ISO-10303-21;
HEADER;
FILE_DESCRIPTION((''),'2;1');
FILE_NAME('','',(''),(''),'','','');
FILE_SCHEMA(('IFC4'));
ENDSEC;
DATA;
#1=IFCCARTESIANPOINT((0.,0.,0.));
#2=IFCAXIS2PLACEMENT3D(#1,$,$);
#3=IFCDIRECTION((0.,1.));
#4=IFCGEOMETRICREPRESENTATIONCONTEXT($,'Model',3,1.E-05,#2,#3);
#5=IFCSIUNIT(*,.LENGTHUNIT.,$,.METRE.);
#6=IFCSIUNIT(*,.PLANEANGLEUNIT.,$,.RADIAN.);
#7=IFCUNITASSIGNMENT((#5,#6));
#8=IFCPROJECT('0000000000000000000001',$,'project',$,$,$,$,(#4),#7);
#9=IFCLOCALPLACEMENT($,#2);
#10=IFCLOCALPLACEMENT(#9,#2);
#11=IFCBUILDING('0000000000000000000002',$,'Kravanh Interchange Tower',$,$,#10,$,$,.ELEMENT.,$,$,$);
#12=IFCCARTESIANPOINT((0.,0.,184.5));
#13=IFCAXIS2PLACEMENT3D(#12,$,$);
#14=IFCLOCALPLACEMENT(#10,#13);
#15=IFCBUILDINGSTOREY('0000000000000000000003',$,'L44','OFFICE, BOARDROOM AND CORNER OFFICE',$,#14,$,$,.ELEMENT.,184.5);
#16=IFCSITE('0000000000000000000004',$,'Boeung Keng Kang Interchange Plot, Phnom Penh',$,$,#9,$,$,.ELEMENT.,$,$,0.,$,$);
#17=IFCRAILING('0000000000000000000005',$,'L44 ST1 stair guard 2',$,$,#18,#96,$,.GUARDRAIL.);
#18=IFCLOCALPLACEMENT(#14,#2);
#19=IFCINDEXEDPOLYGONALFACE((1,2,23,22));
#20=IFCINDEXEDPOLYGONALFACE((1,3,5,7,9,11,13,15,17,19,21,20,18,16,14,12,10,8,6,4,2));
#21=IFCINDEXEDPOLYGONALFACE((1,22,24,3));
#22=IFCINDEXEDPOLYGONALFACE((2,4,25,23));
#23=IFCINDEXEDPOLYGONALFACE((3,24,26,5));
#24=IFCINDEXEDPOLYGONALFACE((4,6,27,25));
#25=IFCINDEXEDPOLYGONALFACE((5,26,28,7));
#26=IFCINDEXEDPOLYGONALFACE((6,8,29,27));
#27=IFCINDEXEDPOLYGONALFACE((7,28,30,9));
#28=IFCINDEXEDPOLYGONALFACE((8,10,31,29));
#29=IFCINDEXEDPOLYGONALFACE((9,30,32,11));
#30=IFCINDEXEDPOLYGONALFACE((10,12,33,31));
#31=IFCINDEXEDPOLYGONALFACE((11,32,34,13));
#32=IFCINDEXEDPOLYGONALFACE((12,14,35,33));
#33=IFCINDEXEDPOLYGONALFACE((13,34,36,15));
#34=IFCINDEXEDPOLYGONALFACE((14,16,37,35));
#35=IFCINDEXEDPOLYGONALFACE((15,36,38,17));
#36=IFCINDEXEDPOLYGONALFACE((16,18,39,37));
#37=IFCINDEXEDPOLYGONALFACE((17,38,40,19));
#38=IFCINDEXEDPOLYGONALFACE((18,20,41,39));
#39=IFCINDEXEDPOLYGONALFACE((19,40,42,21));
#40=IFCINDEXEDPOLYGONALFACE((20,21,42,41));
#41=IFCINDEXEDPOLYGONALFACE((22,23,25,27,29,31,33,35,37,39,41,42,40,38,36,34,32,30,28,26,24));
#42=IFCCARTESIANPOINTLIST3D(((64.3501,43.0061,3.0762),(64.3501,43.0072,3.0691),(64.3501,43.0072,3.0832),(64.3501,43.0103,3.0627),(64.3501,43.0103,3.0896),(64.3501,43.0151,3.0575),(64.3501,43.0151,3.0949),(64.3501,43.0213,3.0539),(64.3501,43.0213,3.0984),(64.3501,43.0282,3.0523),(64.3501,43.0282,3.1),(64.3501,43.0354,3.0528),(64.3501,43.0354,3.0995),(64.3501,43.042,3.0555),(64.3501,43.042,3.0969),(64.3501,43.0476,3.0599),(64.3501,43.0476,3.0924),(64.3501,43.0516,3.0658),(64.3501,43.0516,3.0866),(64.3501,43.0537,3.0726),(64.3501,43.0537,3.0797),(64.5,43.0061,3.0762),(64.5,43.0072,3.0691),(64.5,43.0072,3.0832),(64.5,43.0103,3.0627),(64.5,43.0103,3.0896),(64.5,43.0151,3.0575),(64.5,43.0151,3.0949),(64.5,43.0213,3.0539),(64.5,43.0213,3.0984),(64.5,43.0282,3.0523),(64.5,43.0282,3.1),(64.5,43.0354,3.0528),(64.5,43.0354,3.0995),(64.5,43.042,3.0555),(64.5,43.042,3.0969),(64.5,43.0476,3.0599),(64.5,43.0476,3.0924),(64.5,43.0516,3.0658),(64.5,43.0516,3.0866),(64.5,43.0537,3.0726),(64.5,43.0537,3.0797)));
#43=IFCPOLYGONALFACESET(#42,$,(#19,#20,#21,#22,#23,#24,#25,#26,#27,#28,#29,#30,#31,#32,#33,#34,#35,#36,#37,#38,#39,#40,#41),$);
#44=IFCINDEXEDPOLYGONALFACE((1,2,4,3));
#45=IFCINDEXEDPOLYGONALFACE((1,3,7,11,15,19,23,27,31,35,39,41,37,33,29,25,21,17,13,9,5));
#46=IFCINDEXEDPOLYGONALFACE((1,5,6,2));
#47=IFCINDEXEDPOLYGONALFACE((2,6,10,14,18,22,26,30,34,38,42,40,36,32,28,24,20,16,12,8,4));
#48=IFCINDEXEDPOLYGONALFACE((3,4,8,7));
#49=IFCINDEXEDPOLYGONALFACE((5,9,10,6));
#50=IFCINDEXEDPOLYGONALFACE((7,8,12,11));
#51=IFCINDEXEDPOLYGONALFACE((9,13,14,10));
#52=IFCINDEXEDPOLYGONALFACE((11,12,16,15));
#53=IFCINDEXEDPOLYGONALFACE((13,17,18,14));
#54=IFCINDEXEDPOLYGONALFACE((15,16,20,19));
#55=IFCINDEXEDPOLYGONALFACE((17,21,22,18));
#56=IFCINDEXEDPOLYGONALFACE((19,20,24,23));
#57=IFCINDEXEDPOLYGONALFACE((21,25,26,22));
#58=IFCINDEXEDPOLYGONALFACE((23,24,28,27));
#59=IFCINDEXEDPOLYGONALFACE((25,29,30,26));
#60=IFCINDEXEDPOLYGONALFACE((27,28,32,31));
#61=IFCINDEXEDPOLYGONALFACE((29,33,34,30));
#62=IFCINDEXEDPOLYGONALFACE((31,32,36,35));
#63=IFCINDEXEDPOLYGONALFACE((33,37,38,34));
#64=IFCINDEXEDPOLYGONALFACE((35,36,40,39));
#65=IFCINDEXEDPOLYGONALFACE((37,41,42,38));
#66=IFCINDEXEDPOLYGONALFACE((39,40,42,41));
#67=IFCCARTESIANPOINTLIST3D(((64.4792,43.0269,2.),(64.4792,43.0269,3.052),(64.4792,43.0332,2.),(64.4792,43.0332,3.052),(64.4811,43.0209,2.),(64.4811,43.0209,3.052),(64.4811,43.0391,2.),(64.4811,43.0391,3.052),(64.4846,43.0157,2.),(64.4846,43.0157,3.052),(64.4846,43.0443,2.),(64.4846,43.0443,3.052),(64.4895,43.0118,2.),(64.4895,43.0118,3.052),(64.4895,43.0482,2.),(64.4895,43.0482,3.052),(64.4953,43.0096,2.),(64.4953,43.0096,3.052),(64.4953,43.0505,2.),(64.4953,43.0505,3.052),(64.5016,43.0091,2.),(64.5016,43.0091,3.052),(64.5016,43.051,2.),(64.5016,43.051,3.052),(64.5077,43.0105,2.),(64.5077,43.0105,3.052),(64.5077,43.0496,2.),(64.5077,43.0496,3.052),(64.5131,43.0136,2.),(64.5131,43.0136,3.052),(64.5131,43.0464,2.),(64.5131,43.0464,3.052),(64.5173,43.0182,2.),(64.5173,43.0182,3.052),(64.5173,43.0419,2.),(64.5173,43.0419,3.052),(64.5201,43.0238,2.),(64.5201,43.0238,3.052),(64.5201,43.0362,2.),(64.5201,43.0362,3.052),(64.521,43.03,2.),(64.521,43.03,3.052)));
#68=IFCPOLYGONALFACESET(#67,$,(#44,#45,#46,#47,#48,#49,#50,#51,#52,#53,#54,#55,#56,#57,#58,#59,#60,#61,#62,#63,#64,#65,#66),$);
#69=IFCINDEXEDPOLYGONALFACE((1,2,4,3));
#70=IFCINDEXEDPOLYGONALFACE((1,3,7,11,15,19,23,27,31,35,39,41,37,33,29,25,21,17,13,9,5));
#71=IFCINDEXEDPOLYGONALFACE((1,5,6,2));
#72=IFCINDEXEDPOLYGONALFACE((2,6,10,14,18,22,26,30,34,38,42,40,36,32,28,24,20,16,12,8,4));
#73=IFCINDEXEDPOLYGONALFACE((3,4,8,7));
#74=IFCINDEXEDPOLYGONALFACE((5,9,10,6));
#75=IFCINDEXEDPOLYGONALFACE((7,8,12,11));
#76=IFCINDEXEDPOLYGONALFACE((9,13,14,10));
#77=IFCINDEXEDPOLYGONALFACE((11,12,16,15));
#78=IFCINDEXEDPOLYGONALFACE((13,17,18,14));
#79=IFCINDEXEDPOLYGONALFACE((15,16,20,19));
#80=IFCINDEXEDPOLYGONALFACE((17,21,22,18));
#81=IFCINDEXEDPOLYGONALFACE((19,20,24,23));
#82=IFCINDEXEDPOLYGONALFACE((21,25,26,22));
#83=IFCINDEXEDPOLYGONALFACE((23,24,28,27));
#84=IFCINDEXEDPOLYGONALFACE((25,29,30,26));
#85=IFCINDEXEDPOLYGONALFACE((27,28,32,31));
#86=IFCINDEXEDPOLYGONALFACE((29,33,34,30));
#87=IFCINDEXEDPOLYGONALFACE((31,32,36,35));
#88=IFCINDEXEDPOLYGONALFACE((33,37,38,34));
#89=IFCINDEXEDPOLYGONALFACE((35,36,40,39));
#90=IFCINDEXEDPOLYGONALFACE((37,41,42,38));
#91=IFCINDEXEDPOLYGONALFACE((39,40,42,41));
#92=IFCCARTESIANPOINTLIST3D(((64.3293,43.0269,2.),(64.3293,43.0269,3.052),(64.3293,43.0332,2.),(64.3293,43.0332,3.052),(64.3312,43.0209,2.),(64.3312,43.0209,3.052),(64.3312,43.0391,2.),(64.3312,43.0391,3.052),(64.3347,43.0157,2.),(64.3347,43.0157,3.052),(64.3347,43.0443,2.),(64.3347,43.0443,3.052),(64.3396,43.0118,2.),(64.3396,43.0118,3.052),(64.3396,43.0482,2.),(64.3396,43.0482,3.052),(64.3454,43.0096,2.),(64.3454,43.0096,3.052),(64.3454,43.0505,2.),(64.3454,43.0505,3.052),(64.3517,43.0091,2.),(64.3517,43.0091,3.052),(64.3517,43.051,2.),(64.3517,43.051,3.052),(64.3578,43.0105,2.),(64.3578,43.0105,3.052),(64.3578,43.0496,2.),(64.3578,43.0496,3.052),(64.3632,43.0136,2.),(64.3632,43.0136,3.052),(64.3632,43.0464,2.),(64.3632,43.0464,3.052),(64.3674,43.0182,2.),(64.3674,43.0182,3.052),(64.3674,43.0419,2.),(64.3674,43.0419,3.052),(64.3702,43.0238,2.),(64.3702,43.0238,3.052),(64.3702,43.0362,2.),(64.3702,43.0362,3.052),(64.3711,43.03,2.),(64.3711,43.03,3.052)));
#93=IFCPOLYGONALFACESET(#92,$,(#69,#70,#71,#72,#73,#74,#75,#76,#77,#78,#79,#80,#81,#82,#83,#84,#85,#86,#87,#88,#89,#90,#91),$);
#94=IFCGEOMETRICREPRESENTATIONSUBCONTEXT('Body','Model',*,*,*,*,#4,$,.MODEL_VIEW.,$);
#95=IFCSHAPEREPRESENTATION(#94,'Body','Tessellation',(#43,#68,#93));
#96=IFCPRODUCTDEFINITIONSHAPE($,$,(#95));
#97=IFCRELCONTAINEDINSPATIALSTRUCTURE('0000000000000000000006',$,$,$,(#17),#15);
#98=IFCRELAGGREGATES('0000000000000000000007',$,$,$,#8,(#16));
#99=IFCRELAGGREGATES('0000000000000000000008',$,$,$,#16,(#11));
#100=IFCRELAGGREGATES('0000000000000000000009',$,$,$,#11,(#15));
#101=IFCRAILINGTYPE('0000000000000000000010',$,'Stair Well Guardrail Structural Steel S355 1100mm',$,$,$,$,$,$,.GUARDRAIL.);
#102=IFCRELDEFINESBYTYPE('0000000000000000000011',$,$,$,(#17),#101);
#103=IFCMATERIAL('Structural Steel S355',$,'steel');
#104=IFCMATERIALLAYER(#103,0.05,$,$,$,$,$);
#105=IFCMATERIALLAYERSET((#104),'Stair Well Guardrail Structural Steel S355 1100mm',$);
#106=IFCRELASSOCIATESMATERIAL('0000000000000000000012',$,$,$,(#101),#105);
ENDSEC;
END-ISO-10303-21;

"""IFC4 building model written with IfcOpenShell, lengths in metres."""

from ifc_helpers import new_model, si_unit, direction, frame, origin, origin_2d, place, context, subcontext, project, spatial, circle, extrude, material, layer, layer_set, type_object, element, save


model = new_model("IFC4")

# Units and contexts
model_context = context("Model", 3, precision=1e-05, world=origin(), true_north=direction((0.0, 1.0)))
body_context = subcontext(model_context, "Body", "Model", "MODEL_VIEW")
ifc_project = project(units=[si_unit("LENGTHUNIT", "METRE"), si_unit("PLANEANGLEUNIT", "RADIAN")], contexts=[model_context])

# Site, building, storey
site_placement = place(None, origin())
site = spatial("IfcSite", under=ifc_project, at=site_placement, Name="Boeung Keng Kang Interchange Plot, Phnom Penh", CompositionType="ELEMENT", RefElevation=0.0)
building_placement = place(site_placement, origin())
building = spatial("IfcBuilding", under=site, at=building_placement, Name="Kravanh Interchange Tower", CompositionType="ELEMENT")
storey_placement = place(building_placement, frame((0.0, 0.0, 184.5)))
storey = spatial("IfcBuildingStorey", under=building, at=storey_placement, Name="L44", Description="OFFICE, BOARDROOM AND CORNER OFFICE", CompositionType="ELEMENT", Elevation=184.5)

# Railing
ifc_material_1 = material(Name="Structural Steel S355", Category="steel")
ifc_layer_1 = layer(ifc_material_1, 0.05)
ifc_layer_set_1 = layer_set([ifc_layer_1], Name="Stair Well Guardrail Structural Steel S355 1100mm")
railing_type_1 = type_object("IfcRailingType", Name="Stair Well Guardrail Structural Steel S355 1100mm", PredefinedType="GUARDRAIL", material=ifc_layer_set_1)
railing_1_placement = place(storey_placement, frame((64.5, 43.03, 2.0)))
element("IfcRailing", 1, at=railing_1_placement, inside=storey, type_object=railing_type_1, Name="L44 ST1 stair guard 2", PredefinedType="GUARDRAIL", context=body_context, shape_type="SweptSolid", body=[
    extrude(circle(Radius=0.0239, at=origin_2d()), frame((0.0, 0.0, 1.0762), z_axis=(-1.0, 0.0, 0.0), x_axis=(0.0, -1.0, 0.0)), (0.0, 0.0, 1.0), 0.1499),
    extrude(circle(Radius=0.021, at=origin_2d()), origin(), (0.0, 0.0, 1.0), 1.052),
    extrude(circle(Radius=0.021, at=origin_2d()), frame((-0.1499, 0.0, 0.0)), (0.0, 0.0, 1.0), 1.052),
])

save(model, "model.ifc")
